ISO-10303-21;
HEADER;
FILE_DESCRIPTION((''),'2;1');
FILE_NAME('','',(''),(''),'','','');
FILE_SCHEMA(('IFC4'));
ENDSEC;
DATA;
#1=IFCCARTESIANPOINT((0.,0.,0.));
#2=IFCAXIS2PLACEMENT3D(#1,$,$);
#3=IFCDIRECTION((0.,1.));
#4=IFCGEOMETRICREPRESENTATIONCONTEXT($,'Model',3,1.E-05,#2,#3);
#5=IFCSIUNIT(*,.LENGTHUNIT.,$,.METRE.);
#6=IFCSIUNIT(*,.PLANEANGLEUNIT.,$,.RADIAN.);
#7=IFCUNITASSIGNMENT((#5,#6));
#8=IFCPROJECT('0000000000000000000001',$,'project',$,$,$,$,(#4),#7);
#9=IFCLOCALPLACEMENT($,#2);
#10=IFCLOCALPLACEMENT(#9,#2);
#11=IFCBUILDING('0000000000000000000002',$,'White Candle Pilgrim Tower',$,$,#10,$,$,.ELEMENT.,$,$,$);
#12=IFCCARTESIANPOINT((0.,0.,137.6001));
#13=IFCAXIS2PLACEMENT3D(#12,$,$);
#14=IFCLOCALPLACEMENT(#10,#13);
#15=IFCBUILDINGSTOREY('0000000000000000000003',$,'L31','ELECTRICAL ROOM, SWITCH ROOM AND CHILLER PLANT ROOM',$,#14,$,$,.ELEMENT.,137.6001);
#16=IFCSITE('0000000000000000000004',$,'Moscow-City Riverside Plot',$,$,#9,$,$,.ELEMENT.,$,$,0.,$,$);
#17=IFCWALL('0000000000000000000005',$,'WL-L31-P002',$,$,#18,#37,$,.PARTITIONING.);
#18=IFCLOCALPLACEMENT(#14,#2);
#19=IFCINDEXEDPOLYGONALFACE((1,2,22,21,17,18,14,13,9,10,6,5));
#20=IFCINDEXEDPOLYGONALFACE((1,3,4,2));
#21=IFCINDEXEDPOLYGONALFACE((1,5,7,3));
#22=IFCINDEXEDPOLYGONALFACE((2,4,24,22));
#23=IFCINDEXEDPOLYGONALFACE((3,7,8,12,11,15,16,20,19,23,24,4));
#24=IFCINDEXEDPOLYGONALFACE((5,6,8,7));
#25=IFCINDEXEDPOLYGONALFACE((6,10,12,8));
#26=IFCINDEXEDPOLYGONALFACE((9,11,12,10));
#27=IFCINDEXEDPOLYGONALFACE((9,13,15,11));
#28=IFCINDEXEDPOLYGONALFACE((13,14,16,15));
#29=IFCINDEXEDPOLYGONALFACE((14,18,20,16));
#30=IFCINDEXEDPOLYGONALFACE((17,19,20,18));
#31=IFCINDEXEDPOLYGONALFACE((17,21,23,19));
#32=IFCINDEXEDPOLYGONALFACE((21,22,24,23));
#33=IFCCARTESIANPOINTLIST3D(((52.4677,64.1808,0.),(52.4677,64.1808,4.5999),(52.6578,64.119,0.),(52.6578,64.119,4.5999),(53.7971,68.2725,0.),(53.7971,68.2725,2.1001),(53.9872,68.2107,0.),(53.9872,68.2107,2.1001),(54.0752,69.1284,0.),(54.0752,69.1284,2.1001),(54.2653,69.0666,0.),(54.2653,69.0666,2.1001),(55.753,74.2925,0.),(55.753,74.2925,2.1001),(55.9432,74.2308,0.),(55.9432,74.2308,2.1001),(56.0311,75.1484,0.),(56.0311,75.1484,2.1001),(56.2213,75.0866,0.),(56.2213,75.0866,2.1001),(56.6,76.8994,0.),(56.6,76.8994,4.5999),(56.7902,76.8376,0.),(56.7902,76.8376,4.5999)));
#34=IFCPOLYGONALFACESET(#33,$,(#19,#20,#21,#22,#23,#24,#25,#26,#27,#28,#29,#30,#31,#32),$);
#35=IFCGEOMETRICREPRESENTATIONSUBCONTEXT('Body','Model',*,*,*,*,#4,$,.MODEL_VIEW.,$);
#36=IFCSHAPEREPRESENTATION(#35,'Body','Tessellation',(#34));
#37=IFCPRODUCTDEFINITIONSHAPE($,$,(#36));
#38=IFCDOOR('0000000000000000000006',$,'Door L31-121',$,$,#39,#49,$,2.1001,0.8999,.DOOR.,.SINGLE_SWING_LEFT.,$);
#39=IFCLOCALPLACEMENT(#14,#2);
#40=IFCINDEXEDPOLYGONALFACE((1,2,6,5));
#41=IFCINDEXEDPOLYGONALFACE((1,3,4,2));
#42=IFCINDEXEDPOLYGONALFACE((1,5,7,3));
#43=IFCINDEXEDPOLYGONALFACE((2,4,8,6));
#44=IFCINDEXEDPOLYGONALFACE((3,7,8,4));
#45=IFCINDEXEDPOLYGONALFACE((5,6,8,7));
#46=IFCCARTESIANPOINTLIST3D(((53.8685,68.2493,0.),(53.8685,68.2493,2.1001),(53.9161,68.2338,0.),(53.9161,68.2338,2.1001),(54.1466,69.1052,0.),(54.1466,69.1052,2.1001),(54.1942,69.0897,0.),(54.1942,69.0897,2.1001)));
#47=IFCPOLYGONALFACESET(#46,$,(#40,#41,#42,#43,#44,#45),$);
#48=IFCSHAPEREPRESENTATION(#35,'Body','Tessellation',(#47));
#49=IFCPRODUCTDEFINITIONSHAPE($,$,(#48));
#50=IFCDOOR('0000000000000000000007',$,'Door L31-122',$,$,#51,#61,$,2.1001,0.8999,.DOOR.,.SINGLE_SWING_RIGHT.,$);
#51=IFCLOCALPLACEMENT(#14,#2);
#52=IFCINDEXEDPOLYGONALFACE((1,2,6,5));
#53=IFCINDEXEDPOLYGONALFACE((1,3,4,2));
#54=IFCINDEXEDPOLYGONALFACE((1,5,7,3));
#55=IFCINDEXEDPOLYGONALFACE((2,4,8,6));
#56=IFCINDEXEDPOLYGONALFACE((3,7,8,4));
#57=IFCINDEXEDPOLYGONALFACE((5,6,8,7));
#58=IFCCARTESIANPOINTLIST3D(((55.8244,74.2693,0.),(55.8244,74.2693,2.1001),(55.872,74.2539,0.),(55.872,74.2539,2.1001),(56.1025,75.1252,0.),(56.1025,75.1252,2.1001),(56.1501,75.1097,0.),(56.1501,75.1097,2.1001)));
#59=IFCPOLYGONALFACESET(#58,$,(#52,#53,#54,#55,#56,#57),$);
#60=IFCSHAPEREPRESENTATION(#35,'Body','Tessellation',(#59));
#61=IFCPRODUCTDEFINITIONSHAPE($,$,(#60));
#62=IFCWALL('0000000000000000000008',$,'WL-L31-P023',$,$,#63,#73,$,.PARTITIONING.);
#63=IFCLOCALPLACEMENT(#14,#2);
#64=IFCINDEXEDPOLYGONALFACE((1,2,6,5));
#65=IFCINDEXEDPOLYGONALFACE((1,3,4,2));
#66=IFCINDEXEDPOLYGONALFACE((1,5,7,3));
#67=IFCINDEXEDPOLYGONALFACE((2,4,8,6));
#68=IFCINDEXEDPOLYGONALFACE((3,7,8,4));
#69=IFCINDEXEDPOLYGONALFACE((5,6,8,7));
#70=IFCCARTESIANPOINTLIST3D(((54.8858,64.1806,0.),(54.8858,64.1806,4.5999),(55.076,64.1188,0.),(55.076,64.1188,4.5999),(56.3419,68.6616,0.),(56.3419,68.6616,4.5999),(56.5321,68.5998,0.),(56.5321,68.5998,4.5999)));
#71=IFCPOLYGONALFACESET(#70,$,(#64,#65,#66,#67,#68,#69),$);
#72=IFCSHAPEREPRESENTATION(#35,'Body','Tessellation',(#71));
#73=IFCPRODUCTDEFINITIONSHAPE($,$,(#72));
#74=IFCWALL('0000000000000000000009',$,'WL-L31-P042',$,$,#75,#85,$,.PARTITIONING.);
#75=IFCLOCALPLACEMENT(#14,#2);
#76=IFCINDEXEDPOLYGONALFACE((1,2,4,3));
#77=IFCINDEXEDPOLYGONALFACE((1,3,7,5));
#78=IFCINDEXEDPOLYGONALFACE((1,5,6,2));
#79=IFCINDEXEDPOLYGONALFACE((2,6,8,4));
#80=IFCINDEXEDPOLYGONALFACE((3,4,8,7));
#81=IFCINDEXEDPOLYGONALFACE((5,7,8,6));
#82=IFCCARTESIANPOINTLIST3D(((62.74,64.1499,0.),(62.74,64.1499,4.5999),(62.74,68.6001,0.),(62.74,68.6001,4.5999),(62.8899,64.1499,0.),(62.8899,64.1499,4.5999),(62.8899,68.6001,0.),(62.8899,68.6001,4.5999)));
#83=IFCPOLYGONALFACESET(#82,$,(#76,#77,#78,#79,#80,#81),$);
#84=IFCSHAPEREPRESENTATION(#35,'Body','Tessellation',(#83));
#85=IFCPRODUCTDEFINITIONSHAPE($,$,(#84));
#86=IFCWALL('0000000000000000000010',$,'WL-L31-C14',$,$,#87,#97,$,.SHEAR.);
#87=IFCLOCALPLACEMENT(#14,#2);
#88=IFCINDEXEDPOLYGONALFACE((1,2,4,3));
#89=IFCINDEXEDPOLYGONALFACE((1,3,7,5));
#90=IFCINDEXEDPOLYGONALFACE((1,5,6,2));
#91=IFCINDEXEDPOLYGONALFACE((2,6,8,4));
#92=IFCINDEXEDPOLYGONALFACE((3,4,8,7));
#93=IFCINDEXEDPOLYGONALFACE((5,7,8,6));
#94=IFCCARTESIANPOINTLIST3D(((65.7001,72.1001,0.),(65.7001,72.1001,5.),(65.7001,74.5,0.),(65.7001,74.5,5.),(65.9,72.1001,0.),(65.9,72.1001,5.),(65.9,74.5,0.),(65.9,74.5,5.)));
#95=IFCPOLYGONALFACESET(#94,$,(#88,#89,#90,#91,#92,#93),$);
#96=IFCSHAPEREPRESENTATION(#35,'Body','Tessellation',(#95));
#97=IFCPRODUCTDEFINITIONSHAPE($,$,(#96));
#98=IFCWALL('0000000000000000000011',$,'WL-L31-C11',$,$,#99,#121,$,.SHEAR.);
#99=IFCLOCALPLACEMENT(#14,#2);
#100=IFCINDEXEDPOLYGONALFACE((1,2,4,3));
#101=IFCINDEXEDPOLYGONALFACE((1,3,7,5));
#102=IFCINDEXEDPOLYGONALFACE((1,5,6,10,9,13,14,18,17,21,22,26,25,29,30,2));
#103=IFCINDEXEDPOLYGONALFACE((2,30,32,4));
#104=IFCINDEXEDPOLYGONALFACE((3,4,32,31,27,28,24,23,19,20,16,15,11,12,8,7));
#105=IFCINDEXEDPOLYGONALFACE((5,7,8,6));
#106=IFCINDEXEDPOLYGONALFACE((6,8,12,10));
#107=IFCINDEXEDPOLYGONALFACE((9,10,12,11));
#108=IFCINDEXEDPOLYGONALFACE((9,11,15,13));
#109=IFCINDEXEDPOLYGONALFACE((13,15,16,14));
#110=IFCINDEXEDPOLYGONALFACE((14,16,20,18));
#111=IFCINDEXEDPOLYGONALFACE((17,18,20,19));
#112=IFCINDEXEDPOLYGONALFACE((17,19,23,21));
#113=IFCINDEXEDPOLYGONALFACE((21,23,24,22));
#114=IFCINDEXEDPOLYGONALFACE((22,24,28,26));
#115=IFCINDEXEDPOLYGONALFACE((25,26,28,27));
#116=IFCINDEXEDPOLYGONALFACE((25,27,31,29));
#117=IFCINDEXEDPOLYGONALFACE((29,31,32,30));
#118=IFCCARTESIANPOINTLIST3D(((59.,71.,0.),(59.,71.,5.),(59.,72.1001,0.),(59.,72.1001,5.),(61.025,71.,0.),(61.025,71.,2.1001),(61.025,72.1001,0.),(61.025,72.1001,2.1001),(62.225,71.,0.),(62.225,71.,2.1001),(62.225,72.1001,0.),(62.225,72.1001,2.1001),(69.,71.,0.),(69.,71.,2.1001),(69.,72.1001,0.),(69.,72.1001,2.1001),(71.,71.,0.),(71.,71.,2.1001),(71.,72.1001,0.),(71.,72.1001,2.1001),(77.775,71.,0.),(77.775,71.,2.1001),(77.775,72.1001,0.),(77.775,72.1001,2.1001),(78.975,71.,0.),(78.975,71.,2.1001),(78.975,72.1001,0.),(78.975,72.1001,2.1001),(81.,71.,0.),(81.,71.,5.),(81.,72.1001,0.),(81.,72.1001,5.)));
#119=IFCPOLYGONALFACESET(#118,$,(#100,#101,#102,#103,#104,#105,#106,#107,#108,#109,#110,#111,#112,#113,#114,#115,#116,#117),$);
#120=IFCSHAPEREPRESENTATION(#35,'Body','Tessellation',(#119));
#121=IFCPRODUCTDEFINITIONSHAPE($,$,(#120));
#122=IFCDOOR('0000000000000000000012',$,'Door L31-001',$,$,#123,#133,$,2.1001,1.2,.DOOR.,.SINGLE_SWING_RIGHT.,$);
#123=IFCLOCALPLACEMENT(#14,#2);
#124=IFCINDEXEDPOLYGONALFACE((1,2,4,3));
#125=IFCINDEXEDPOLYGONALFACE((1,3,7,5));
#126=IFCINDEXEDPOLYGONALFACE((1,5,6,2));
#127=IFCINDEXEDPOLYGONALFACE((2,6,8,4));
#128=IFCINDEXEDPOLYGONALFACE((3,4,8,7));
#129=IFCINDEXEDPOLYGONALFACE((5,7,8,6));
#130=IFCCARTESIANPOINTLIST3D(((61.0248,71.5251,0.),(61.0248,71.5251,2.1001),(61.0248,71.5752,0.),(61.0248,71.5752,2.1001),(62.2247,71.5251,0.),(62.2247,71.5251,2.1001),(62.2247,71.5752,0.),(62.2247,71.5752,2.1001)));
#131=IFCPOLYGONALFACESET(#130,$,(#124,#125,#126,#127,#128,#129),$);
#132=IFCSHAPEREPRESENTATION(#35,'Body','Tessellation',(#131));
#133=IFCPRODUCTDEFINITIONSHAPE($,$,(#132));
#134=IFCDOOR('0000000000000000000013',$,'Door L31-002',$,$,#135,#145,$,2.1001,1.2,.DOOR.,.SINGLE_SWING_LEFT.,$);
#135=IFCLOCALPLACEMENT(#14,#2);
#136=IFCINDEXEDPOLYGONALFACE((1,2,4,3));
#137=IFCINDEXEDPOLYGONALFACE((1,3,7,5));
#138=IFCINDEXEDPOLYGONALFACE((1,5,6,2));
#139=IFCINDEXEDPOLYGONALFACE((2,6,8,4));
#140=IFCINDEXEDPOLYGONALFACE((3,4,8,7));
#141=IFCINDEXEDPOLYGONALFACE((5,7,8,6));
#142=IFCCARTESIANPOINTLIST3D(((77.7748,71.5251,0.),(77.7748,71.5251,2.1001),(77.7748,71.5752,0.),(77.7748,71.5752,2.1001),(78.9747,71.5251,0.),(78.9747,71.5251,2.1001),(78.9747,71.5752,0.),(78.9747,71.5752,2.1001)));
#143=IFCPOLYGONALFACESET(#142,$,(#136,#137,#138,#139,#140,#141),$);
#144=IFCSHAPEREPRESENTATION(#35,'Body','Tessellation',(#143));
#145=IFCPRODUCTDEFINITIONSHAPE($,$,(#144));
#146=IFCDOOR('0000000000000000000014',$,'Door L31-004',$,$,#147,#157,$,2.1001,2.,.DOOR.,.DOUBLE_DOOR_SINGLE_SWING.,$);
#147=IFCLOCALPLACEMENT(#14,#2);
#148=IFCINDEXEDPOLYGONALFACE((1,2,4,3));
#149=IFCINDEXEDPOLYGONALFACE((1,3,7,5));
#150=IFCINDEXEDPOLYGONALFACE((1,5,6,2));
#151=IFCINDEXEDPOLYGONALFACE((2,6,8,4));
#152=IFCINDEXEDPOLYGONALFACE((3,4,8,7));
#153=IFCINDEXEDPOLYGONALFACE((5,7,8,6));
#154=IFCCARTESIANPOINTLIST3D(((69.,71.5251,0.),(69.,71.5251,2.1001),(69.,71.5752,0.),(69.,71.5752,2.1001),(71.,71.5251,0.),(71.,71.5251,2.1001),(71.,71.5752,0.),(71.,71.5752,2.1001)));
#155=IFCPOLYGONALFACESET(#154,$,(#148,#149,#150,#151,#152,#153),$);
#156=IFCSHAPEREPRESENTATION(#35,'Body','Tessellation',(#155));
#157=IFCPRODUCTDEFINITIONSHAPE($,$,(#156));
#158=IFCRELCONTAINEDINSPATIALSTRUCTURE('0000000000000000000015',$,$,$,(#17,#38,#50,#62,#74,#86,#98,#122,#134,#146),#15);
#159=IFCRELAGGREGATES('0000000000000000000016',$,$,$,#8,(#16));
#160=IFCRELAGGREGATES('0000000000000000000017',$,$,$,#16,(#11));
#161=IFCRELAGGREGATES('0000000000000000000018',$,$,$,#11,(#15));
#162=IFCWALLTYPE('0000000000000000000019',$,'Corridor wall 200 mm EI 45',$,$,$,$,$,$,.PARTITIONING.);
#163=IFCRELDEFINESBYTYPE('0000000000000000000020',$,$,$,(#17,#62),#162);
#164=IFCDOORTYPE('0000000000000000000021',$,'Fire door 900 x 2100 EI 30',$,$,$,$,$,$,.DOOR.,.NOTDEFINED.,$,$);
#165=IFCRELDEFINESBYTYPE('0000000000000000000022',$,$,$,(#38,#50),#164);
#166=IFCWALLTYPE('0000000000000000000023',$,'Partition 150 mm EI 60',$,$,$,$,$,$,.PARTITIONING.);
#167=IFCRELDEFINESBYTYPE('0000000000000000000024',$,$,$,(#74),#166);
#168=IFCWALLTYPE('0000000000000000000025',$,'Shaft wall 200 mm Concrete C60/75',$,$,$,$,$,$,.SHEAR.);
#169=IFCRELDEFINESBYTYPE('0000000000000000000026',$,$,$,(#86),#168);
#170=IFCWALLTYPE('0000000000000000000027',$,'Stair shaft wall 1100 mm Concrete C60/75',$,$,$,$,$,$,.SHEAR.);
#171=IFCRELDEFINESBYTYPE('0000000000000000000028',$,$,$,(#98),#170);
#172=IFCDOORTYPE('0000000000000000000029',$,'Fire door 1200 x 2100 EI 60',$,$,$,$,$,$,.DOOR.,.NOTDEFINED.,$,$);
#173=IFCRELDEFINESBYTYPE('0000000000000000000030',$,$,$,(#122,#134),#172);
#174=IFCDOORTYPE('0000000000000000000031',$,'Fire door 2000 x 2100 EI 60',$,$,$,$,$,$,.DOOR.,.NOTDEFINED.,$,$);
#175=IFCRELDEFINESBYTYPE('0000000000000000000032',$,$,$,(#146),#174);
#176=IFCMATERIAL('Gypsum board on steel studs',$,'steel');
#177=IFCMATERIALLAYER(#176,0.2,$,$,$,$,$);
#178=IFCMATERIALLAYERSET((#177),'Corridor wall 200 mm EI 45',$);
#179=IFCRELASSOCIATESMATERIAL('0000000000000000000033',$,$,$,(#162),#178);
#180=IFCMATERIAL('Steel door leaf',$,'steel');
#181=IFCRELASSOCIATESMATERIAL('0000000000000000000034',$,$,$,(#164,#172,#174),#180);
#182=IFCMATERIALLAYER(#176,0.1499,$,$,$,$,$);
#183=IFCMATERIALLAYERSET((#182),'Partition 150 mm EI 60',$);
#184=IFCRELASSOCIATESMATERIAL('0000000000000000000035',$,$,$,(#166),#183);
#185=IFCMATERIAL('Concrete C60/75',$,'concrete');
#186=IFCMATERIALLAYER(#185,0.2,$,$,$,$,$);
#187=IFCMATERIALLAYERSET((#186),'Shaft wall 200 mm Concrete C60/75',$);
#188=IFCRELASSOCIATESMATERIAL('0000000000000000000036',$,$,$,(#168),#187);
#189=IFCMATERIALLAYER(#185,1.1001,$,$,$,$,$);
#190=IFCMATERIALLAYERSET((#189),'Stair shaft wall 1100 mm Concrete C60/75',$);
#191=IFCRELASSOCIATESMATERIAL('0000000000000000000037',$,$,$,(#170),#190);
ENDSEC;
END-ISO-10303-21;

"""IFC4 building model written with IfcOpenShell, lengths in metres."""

from ifc_helpers import new_model, si_unit, direction, frame, frame_2d, origin, place, context, subcontext, project, spatial, rectangle, extrude, material, layer, layer_set, type_object, element, fill, save


model = new_model("IFC4")

# Units and contexts
model_context = context("Model", 3, precision=1e-05, world=origin(), true_north=direction((0.0, 1.0)))
body_context = subcontext(model_context, "Body", "Model", "MODEL_VIEW")
ifc_project = project(units=[si_unit("LENGTHUNIT", "METRE"), si_unit("PLANEANGLEUNIT", "RADIAN")], contexts=[model_context])

# Site, building, storey
site_placement = place(None, origin())
site = spatial("IfcSite", under=ifc_project, at=site_placement, Name="Moscow-City Riverside Plot", CompositionType="ELEMENT", RefElevation=0.0)
building_placement = place(site_placement, origin())
building = spatial("IfcBuilding", under=site, at=building_placement, Name="White Candle Pilgrim Tower", CompositionType="ELEMENT")
storey_placement = place(building_placement, frame((0.0, 0.0, 137.6001)))
storey = spatial("IfcBuildingStorey", under=building, at=storey_placement, Name="L31", Description="ELECTRICAL ROOM, SWITCH ROOM AND CHILLER PLANT ROOM", CompositionType="ELEMENT", Elevation=137.6001)

# Wall, openings, doors
ifc_material_1 = material(Name="Gypsum board on steel studs", Category="steel")
ifc_layer_1 = layer(ifc_material_1, 0.2)
ifc_layer_set_1 = layer_set([ifc_layer_1], Name="Corridor wall 200 mm EI 45")
wall_type_1 = type_object("IfcWallType", Name="Corridor wall 200 mm EI 45", PredefinedType="PARTITIONING", material=ifc_layer_set_1)
wall_1_placement = place(storey_placement, frame((52.5627, 64.1499, 0.0), z_axis=(0.0, 0.0, 1.0), x_axis=(0.309006, 0.95106, 0.0)))
wall_1 = element("IfcWall", 1, at=wall_1_placement, inside=storey, type_object=wall_type_1, Name="WL-L31-P002", PredefinedType="PARTITIONING", context=body_context, shape_type="SweptSolid", body=[
    extrude(rectangle(XDim=13.373, YDim=0.2, at=frame_2d((6.6865, 0.0))), origin(), (0.0, 0.0, 1.0), 4.5999),
])
opening_1_placement = place(wall_1_placement, frame((4.3022, 0.0, 0.0)))
opening_1 = element("IfcOpeningElement", 2, at=opening_1_placement, cuts=wall_1, PredefinedType="OPENING", context=body_context, shape_type="SweptSolid", body=[
    extrude(rectangle(XDim=0.8999, YDim=2.1001, at=frame_2d((0.45, 1.05))), frame((0.0, 0.1099, 0.0), z_axis=(0.0, -1.0, 0.0), x_axis=(1.0, 0.0, 0.0)), (0.0, 0.0, 1.0), 0.22),
])
opening_2_placement = place(wall_1_placement, frame((10.6321, 0.0, 0.0)))
opening_2 = element("IfcOpeningElement", 3, at=opening_2_placement, cuts=wall_1, PredefinedType="OPENING", context=body_context, shape_type="SweptSolid", body=[
    extrude(rectangle(XDim=0.8999, YDim=2.1001, at=frame_2d((0.45, 1.05))), frame((0.0, 0.1099, 0.0), z_axis=(0.0, -1.0, 0.0), x_axis=(1.0, 0.0, 0.0)), (0.0, 0.0, 1.0), 0.22),
])
ifc_material_2 = material(Name="Steel door leaf", Category="steel")
door_type_1 = type_object("IfcDoorType", Name="Fire door 900 x 2100 EI 30", OperationType="NOTDEFINED", PredefinedType="DOOR", material=ifc_material_2)
door_1_placement = place(opening_1_placement, origin())
door_1 = element("IfcDoor", 4, at=door_1_placement, inside=storey, type_object=door_type_1, Name="Door L31-121", OperationType="SINGLE_SWING_LEFT", OverallHeight=2.1001, OverallWidth=0.8999, PredefinedType="DOOR", context=body_context, shape_type="SweptSolid", body=[
    extrude(rectangle(XDim=0.8999, YDim=2.1001, at=frame_2d((0.45, 1.05))), frame((0.0, 0.0249, 0.0), z_axis=(0.0, -1.0, 0.0), x_axis=(1.0, 0.0, 0.0)), (0.0, 0.0, 1.0), 0.05),
])
fill(opening_1, door_1)
door_2_placement = place(opening_2_placement, origin())
door_2 = element("IfcDoor", 5, at=door_2_placement, inside=storey, type_object=door_type_1, Name="Door L31-122", OperationType="SINGLE_SWING_RIGHT", OverallHeight=2.1001, OverallWidth=0.8999, PredefinedType="DOOR", context=body_context, shape_type="SweptSolid", body=[
    extrude(rectangle(XDim=0.8999, YDim=2.1001, at=frame_2d((0.45, 1.05))), frame((0.0, 0.0249, 0.0), z_axis=(0.0, -1.0, 0.0), x_axis=(1.0, 0.0, 0.0)), (0.0, 0.0, 1.0), 0.05),
])
fill(opening_2, door_2)

# Walls
wall_2_placement = place(storey_placement, frame((56.437, 68.6309, 0.0), z_axis=(0.0, 0.0, 1.0), x_axis=(-0.309037, -0.95105, 0.0)))
element("IfcWall", 6, at=wall_2_placement, inside=storey, type_object=wall_type_1, Name="WL-L31-P023", PredefinedType="PARTITIONING", context=body_context, shape_type="SweptSolid", body=[
    extrude(rectangle(XDim=4.7117, YDim=0.2, at=frame_2d((2.356, 0.0))), origin(), (0.0, 0.0, 1.0), 4.5999),
])
ifc_layer_2 = layer(ifc_material_1, 0.1499)
ifc_layer_set_2 = layer_set([ifc_layer_2], Name="Partition 150 mm EI 60")
wall_type_2 = type_object("IfcWallType", Name="Partition 150 mm EI 60", PredefinedType="PARTITIONING", material=ifc_layer_set_2)
wall_3_placement = place(storey_placement, frame((62.8149, 64.1499, 0.0), z_axis=(0.0, 0.0, 1.0), x_axis=(0.0, 1.0, 0.0)))
element("IfcWall", 7, at=wall_3_placement, inside=storey, type_object=wall_type_2, Name="WL-L31-P042", PredefinedType="PARTITIONING", context=body_context, shape_type="SweptSolid", body=[
    extrude(rectangle(XDim=4.4502, YDim=0.1499, at=frame_2d((2.2251, 0.0))), origin(), (0.0, 0.0, 1.0), 4.5999),
])
ifc_material_3 = material(Name="Concrete C60/75", Category="concrete")
ifc_layer_3 = layer(ifc_material_3, 0.2)
ifc_layer_set_3 = layer_set([ifc_layer_3], Name="Shaft wall 200 mm Concrete C60/75")
wall_type_3 = type_object("IfcWallType", Name="Shaft wall 200 mm Concrete C60/75", PredefinedType="SHEAR", material=ifc_layer_set_3)
wall_4_placement = place(storey_placement, frame((65.8, 72.1001, 0.0), z_axis=(0.0, 0.0, 1.0), x_axis=(0.0, 1.0, 0.0)))
element("IfcWall", 8, at=wall_4_placement, inside=storey, type_object=wall_type_3, Name="WL-L31-C14", PredefinedType="SHEAR", context=body_context, shape_type="SweptSolid", body=[
    extrude(rectangle(XDim=2.3999, YDim=0.2, at=frame_2d((1.2, 0.0))), origin(), (0.0, 0.0, 1.0), 5.0),
])

# Wall, openings, doors
ifc_layer_4 = layer(ifc_material_3, 1.1001)
ifc_layer_set_4 = layer_set([ifc_layer_4], Name="Stair shaft wall 1100 mm Concrete C60/75")
wall_type_4 = type_object("IfcWallType", Name="Stair shaft wall 1100 mm Concrete C60/75", PredefinedType="SHEAR", material=ifc_layer_set_4)
wall_5_placement = place(storey_placement, frame((59.0, 71.55, 0.0), z_axis=(0.0, 0.0, 1.0), x_axis=(1.0, 0.0, 0.0)))
wall_5 = element("IfcWall", 9, at=wall_5_placement, inside=storey, type_object=wall_type_4, Name="WL-L31-C11", PredefinedType="SHEAR", context=body_context, shape_type="SweptSolid", body=[
    extrude(rectangle(XDim=22.0, YDim=1.1001, at=frame_2d((11.0, 0.0))), origin(), (0.0, 0.0, 1.0), 5.0),
])
opening_3_placement = place(wall_5_placement, frame((2.0249, 0.0, 0.0)))
opening_3 = element("IfcOpeningElement", 10, at=opening_3_placement, cuts=wall_5, PredefinedType="OPENING", context=body_context, shape_type="SweptSolid", body=[
    extrude(rectangle(XDim=1.2, YDim=2.1001, at=frame_2d((0.6001, 1.05))), frame((0.0, 0.5601, 0.0), z_axis=(0.0, -1.0, 0.0), x_axis=(1.0, 0.0, 0.0)), (0.0, 0.0, 1.0), 1.1201),
])
opening_4_placement = place(wall_5_placement, frame((18.7749, 0.0, 0.0)))
opening_4 = element("IfcOpeningElement", 11, at=opening_4_placement, cuts=wall_5, PredefinedType="OPENING", context=body_context, shape_type="SweptSolid", body=[
    extrude(rectangle(XDim=1.2, YDim=2.1001, at=frame_2d((0.6001, 1.05))), frame((0.0, 0.5601, 0.0), z_axis=(0.0, -1.0, 0.0), x_axis=(1.0, 0.0, 0.0)), (0.0, 0.0, 1.0), 1.1201),
])
opening_5_placement = place(wall_5_placement, frame((10.0, 0.0, 0.0)))
opening_5 = element("IfcOpeningElement", 12, at=opening_5_placement, cuts=wall_5, PredefinedType="OPENING", context=body_context, shape_type="SweptSolid", body=[
    extrude(rectangle(XDim=2.0, YDim=2.1001, at=frame_2d((1.0, 1.05))), frame((0.0, 0.5601, 0.0), z_axis=(0.0, -1.0, 0.0), x_axis=(1.0, 0.0, 0.0)), (0.0, 0.0, 1.0), 1.1201),
])
door_type_2 = type_object("IfcDoorType", Name="Fire door 1200 x 2100 EI 60", OperationType="NOTDEFINED", PredefinedType="DOOR", material=ifc_material_2)
door_3_placement = place(opening_3_placement, frame((1.2, 0.0, 0.0), z_axis=(0.0, 0.0, 1.0), x_axis=(-1.0, 0.0, 0.0)))
door_3 = element("IfcDoor", 13, at=door_3_placement, inside=storey, type_object=door_type_2, Name="Door L31-001", OperationType="SINGLE_SWING_RIGHT", OverallHeight=2.1001, OverallWidth=1.2, PredefinedType="DOOR", context=body_context, shape_type="SweptSolid", body=[
    extrude(rectangle(XDim=1.2, YDim=2.1001, at=frame_2d((0.6001, 1.05))), frame((0.0, 0.0249, 0.0), z_axis=(0.0, -1.0, 0.0), x_axis=(1.0, 0.0, 0.0)), (0.0, 0.0, 1.0), 0.05),
])
fill(opening_3, door_3)
door_4_placement = place(opening_4_placement, frame((1.2, 0.0, 0.0), z_axis=(0.0, 0.0, 1.0), x_axis=(-1.0, 0.0, 0.0)))
door_4 = element("IfcDoor", 14, at=door_4_placement, inside=storey, type_object=door_type_2, Name="Door L31-002", OperationType="SINGLE_SWING_LEFT", OverallHeight=2.1001, OverallWidth=1.2, PredefinedType="DOOR", context=body_context, shape_type="SweptSolid", body=[
    extrude(rectangle(XDim=1.2, YDim=2.1001, at=frame_2d((0.6001, 1.05))), frame((0.0, 0.0249, 0.0), z_axis=(0.0, -1.0, 0.0), x_axis=(1.0, 0.0, 0.0)), (0.0, 0.0, 1.0), 0.05),
])
fill(opening_4, door_4)
door_type_3 = type_object("IfcDoorType", Name="Fire door 2000 x 2100 EI 60", OperationType="NOTDEFINED", PredefinedType="DOOR", material=ifc_material_2)
door_5_placement = place(opening_5_placement, frame((2.0, 0.0, 0.0), z_axis=(0.0, 0.0, 1.0), x_axis=(-1.0, 0.0, 0.0)))
door_5 = element("IfcDoor", 15, at=door_5_placement, inside=storey, type_object=door_type_3, Name="Door L31-004", OperationType="DOUBLE_DOOR_SINGLE_SWING", OverallHeight=2.1001, OverallWidth=2.0, PredefinedType="DOOR", context=body_context, shape_type="SweptSolid", body=[
    extrude(rectangle(XDim=2.0, YDim=2.1001, at=frame_2d((1.0, 1.05))), frame((0.0, 0.0249, 0.0), z_axis=(0.0, -1.0, 0.0), x_axis=(1.0, 0.0, 0.0)), (0.0, 0.0, 1.0), 0.05),
])
fill(opening_5, door_5)

save(model, "model.ifc")
